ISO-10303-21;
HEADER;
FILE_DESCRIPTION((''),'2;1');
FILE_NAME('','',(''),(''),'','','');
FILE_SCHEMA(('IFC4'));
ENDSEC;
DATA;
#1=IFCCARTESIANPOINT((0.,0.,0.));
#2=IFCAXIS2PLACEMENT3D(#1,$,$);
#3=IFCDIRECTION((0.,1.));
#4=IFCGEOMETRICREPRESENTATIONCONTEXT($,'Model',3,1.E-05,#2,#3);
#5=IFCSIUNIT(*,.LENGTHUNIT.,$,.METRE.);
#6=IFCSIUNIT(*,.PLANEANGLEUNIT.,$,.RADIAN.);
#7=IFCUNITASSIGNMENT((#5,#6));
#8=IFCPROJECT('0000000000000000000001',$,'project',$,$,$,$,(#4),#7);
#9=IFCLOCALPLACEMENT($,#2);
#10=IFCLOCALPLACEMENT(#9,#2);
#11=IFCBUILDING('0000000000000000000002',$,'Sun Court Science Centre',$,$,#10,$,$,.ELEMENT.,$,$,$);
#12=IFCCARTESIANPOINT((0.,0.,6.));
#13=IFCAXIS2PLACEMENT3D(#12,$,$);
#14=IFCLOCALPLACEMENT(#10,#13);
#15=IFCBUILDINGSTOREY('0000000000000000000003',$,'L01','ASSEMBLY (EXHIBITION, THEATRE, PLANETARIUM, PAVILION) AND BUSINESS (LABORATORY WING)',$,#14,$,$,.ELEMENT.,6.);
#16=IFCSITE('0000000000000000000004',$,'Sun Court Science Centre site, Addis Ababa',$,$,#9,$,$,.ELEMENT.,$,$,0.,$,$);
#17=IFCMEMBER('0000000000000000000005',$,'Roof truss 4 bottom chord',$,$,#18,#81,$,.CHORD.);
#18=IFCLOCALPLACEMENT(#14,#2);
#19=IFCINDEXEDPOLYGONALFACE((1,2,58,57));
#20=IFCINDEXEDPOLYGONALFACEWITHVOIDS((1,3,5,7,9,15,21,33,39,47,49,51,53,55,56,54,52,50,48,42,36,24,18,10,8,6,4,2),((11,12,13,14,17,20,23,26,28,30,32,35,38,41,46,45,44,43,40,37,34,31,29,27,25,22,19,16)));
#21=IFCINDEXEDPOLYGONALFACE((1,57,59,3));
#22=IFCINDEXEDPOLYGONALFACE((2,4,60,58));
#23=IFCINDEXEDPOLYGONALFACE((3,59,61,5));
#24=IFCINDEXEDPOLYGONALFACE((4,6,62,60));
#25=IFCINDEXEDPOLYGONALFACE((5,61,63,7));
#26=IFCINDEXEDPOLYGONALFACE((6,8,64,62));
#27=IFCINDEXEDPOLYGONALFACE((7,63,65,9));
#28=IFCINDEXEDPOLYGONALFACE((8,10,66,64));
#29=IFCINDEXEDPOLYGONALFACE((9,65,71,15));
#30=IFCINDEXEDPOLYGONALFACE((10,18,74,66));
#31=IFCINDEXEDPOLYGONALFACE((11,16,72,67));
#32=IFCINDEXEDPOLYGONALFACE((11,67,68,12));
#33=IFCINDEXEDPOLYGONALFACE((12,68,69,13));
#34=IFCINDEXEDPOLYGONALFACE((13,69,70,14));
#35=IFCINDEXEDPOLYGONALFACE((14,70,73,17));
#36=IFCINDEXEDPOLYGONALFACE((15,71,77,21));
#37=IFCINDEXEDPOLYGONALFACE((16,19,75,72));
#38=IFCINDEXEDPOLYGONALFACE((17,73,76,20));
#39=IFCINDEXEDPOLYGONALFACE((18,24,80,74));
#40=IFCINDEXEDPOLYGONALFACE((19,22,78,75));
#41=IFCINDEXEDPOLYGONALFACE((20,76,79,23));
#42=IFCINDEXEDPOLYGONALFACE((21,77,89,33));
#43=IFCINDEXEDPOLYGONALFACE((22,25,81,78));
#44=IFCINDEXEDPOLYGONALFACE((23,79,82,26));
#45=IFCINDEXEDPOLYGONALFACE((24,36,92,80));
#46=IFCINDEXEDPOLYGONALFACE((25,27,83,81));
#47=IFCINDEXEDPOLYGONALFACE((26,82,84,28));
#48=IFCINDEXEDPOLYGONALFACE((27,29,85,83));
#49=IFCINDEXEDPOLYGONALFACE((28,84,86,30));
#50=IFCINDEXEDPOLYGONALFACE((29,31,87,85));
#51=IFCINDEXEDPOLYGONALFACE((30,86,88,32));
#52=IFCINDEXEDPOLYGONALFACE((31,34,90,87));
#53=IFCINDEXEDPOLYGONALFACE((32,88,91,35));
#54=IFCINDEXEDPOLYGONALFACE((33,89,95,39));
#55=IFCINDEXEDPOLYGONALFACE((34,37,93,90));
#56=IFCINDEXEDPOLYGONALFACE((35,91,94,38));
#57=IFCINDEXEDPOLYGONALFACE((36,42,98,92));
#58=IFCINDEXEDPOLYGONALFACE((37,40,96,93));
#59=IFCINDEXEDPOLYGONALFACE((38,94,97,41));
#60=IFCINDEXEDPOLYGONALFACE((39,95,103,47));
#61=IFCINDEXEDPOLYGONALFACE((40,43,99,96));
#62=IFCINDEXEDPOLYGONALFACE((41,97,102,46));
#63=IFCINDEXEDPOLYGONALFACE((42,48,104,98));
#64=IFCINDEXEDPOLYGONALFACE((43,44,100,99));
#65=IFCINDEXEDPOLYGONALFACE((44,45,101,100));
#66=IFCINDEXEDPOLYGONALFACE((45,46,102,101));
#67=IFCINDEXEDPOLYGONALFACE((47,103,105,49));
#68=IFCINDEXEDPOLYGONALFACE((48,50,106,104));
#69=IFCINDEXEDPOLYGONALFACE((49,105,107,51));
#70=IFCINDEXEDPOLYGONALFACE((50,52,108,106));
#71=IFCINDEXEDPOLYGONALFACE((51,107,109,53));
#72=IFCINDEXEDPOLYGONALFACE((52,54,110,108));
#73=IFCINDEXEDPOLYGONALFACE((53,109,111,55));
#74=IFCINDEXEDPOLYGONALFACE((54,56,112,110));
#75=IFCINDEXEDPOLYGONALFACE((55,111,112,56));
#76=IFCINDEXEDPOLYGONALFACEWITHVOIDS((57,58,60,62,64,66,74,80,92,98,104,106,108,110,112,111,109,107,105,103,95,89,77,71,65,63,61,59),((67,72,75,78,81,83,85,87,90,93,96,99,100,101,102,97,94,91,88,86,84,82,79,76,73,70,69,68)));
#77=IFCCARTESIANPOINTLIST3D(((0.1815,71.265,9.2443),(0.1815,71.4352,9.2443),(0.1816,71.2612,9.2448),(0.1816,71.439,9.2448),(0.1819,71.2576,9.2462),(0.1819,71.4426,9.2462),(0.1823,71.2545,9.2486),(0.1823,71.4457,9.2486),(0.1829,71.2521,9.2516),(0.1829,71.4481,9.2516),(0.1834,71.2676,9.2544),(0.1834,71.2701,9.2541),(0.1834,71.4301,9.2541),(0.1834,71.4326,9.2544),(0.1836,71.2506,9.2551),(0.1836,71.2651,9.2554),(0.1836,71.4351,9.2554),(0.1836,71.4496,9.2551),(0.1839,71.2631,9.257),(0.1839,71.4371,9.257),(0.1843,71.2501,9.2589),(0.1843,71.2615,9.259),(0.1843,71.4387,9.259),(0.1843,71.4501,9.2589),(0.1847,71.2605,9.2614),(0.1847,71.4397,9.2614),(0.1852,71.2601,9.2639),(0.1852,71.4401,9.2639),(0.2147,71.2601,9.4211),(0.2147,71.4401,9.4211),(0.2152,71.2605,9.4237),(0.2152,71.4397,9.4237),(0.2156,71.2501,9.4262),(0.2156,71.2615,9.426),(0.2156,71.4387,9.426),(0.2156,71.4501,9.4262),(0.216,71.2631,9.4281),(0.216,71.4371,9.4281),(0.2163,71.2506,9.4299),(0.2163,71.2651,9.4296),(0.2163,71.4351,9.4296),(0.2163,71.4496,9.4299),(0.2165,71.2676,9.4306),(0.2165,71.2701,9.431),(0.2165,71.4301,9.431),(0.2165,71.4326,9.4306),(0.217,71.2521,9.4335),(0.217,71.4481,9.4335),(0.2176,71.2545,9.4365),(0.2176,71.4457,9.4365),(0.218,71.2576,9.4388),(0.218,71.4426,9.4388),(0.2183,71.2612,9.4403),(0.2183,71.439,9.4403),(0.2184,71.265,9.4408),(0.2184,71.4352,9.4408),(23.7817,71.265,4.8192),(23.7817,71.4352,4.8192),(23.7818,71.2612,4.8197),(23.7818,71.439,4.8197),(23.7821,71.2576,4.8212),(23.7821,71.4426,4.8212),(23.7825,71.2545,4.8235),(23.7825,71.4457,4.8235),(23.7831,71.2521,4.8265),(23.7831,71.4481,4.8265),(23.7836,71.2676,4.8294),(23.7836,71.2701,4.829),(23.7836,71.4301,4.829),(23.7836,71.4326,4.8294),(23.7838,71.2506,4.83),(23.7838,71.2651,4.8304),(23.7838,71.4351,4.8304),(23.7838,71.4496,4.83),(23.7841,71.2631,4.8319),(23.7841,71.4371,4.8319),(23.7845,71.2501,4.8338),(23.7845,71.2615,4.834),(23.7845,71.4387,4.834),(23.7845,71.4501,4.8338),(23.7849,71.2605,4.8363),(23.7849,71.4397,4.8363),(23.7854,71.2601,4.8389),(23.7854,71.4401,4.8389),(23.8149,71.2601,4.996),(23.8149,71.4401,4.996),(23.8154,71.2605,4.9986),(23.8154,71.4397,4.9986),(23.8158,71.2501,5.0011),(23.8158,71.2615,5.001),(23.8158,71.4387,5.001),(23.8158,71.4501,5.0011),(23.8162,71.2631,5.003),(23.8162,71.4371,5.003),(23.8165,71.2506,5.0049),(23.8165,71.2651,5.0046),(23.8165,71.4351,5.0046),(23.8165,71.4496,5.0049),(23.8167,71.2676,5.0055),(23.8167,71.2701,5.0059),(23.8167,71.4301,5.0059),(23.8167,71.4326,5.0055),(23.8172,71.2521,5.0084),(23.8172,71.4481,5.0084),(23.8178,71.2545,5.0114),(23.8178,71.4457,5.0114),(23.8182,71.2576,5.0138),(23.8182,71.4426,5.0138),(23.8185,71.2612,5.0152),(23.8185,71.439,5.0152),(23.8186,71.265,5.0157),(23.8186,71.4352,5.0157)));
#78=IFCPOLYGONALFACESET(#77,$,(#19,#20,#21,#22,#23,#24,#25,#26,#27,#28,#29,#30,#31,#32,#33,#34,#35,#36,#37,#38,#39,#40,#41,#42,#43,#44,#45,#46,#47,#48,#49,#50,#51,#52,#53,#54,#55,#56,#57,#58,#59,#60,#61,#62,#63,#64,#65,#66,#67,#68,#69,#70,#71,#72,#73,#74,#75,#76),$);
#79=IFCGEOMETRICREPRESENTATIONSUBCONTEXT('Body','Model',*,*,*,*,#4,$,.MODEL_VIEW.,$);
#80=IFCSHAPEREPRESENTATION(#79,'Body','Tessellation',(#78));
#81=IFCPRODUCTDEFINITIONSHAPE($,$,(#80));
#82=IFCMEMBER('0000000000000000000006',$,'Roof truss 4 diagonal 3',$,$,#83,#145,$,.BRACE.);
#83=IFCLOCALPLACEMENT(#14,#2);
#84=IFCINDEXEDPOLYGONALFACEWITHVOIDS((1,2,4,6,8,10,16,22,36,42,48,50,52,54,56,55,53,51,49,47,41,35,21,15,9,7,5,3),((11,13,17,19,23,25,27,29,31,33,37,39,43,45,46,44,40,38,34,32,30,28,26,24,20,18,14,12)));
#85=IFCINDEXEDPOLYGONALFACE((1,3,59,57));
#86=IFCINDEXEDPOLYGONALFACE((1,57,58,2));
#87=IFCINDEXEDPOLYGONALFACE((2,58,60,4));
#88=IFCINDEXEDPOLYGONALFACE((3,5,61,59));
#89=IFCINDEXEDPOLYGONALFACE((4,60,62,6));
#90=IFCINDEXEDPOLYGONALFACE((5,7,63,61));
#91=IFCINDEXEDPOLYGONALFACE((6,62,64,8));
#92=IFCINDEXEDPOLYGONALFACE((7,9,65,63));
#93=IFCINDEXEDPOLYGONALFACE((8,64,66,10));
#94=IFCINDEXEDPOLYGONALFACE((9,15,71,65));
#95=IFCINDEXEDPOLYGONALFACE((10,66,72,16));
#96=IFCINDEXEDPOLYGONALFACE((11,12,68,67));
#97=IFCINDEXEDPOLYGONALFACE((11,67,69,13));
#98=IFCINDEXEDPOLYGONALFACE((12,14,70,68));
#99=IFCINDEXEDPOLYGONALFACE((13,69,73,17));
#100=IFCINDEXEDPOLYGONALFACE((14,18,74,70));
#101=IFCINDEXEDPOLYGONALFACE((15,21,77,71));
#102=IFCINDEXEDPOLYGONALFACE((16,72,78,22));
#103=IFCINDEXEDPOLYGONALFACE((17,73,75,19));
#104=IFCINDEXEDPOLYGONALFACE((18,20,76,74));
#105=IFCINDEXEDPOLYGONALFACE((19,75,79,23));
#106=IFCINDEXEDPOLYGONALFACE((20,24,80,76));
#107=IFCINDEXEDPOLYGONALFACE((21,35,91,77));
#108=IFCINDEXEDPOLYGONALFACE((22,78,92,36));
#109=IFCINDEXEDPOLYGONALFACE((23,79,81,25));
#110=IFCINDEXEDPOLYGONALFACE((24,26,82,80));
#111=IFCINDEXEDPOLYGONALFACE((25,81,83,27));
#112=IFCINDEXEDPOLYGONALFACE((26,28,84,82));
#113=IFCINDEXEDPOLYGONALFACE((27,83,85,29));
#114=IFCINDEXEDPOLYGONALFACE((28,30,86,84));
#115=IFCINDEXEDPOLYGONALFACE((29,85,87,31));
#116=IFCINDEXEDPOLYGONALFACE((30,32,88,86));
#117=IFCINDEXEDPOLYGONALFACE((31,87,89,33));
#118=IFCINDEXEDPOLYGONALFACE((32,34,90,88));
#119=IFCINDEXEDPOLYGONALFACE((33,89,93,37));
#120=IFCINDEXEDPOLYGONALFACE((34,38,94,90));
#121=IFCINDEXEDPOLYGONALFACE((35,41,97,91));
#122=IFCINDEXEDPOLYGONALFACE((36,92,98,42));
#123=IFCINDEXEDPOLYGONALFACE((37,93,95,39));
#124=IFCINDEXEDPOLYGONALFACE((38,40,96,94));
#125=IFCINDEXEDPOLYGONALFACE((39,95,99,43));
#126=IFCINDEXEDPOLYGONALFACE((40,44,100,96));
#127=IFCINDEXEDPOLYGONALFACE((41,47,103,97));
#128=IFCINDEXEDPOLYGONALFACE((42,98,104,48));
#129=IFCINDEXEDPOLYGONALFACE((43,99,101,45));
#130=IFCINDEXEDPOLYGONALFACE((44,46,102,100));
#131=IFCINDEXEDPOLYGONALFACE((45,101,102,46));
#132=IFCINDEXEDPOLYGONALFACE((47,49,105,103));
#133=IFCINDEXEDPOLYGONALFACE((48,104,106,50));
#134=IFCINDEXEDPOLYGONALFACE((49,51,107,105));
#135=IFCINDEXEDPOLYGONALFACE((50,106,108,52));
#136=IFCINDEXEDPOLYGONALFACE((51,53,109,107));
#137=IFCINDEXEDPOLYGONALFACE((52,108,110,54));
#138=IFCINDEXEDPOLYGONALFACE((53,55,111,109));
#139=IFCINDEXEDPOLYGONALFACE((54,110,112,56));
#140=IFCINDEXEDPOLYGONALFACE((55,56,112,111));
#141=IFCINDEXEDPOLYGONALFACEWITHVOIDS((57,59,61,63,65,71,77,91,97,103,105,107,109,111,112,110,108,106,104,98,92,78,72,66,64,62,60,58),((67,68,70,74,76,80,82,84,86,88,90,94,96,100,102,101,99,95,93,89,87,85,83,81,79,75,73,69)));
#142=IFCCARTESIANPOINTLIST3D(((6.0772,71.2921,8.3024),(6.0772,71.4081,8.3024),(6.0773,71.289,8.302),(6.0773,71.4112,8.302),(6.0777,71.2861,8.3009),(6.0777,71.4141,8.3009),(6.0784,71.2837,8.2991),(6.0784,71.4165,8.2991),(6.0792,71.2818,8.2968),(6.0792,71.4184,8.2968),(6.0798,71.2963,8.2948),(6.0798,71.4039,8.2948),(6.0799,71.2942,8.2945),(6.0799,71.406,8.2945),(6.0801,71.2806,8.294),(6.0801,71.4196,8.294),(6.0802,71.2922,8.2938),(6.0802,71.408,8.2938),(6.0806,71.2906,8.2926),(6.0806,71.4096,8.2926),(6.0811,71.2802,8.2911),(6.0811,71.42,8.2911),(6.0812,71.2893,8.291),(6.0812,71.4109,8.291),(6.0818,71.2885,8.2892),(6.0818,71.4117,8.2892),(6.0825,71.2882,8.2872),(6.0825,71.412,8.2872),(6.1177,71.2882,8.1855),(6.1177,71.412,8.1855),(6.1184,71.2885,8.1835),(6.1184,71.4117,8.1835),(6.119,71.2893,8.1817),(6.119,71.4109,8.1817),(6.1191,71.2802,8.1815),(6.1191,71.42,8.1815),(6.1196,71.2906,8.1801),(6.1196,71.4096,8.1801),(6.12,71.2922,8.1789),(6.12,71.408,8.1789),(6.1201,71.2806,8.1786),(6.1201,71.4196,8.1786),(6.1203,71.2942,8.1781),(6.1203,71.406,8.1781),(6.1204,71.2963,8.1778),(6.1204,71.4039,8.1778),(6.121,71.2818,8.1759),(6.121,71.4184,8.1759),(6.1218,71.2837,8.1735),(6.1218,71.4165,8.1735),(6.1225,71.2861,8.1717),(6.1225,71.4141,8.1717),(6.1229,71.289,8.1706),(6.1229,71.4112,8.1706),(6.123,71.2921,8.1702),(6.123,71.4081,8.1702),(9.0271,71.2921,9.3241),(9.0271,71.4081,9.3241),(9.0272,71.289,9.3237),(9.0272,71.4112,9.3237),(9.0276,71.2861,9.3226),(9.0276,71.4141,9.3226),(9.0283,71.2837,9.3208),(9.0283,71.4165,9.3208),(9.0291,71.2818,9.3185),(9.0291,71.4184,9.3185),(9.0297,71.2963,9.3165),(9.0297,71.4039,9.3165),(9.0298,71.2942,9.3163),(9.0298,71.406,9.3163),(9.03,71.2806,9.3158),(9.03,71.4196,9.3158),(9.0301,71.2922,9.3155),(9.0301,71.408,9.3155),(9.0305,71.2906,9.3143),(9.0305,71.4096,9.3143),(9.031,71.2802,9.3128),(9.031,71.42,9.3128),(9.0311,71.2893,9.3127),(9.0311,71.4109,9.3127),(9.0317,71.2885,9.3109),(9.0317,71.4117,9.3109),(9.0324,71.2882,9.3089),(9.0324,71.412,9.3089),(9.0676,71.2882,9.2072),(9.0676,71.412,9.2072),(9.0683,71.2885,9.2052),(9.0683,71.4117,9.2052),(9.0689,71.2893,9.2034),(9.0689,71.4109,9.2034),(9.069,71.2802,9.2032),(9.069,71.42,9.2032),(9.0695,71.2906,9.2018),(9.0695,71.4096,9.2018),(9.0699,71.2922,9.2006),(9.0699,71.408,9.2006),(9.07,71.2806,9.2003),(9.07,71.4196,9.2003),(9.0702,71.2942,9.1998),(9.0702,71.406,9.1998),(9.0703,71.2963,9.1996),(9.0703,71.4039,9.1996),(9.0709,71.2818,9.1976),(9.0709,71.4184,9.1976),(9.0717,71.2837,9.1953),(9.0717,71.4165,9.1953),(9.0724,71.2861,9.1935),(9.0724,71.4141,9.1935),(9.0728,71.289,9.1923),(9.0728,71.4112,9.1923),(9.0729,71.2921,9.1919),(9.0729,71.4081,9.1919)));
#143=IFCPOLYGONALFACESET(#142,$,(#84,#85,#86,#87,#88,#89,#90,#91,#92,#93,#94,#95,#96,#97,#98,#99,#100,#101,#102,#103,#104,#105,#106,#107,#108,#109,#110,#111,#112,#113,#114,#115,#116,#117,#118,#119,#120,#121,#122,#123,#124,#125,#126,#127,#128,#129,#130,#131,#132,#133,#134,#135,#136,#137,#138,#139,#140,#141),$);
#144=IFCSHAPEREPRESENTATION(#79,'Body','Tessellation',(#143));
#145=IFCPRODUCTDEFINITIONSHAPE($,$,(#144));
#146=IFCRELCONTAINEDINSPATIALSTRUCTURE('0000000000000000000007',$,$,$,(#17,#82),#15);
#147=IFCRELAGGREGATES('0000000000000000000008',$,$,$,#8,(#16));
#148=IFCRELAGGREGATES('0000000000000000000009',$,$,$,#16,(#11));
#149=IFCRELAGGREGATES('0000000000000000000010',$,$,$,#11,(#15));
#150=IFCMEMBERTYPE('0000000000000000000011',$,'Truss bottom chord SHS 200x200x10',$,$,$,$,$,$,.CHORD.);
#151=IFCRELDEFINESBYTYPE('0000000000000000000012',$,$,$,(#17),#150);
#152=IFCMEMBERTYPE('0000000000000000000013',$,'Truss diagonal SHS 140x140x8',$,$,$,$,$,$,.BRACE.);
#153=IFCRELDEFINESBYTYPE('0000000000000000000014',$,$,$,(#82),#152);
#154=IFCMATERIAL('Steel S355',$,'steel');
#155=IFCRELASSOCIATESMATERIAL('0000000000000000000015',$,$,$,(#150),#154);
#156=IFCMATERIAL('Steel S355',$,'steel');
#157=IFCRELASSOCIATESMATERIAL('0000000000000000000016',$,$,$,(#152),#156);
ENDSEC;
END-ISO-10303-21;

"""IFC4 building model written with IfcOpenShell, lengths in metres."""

from ifc_helpers import new_model, si_unit, direction, frame, origin, origin_2d, place, context, subcontext, project, spatial, hollow_rectangle, extrude, material, material_profile, profile_set, type_object, element, save


model = new_model("IFC4")

# Units and contexts
model_context = context("Model", 3, precision=1e-05, world=origin(), true_north=direction((0.0, 1.0)))
body_context = subcontext(model_context, "Body", "Model", "MODEL_VIEW")
ifc_project = project(units=[si_unit("LENGTHUNIT", "METRE"), si_unit("PLANEANGLEUNIT", "RADIAN")], contexts=[model_context])

# Site, building, storey
site_placement = place(None, origin())
site = spatial("IfcSite", under=ifc_project, at=site_placement, Name="Sun Court Science Centre site, Addis Ababa", CompositionType="ELEMENT", RefElevation=0.0)
building_placement = place(site_placement, origin())
building = spatial("IfcBuilding", under=site, at=building_placement, Name="Sun Court Science Centre", CompositionType="ELEMENT")
storey_placement = place(building_placement, frame((0.0, 0.0, 6.0)))
storey = spatial("IfcBuildingStorey", under=building, at=storey_placement, Name="L01", Description="ASSEMBLY (EXHIBITION, THEATRE, PLANETARIUM, PAVILION) AND BUSINESS (LABORATORY WING)", CompositionType="ELEMENT", Elevation=6.0)

# Members
ifc_material_1 = material(Name="Steel S355", Category="steel")
ifc_material_profile_1 = material_profile(ifc_material_1, hollow_rectangle(XDim=0.2, YDim=0.2, WallThickness=0.01, InnerFilletRadius=0.01, OuterFilletRadius=0.0149, at=origin_2d()), Name="SHS 200x200x10")
ifc_profile_set_1 = profile_set([ifc_material_profile_1], Name="Steel S355")
member_type_1 = type_object("IfcMemberType", Name="Truss bottom chord SHS 200x200x10", PredefinedType="CHORD", material=ifc_profile_set_1)
member_1_placement = place(storey_placement, frame((0.2, 71.3501, 9.3425), z_axis=(0.982872, 0.0, -0.18429), x_axis=(0.0, 1.0, 0.0)))
element("IfcMember", 1, at=member_1_placement, inside=storey, type_object=member_type_1, Name="Roof truss 4 bottom chord", PredefinedType="CHORD", context=body_context, shape_type="SweptSolid", body=[
    extrude(hollow_rectangle(XDim=0.2, YDim=0.2, WallThickness=0.01, InnerFilletRadius=0.01, OuterFilletRadius=0.0149, at=origin_2d()), origin(), (0.0, 0.0, 1.0), 24.0115),
])
ifc_material_2 = material(Name="Steel S355", Category="steel")
ifc_material_profile_2 = material_profile(ifc_material_2, hollow_rectangle(XDim=0.1399, YDim=0.1399, WallThickness=0.0081, InnerFilletRadius=0.0081, OuterFilletRadius=0.012, at=origin_2d()), Name="SHS 140x140x8")
ifc_profile_set_2 = profile_set([ifc_material_profile_2], Name="Steel S355")
member_type_2 = type_object("IfcMemberType", Name="Truss diagonal SHS 140x140x8", PredefinedType="BRACE", material=ifc_profile_set_2)
member_2_placement = place(storey_placement, frame((6.1001, 71.3501, 8.2363), z_axis=(0.944927, 0.0, 0.32728), x_axis=(0.0, 1.0, 0.0)))
element("IfcMember", 2, at=member_2_placement, inside=storey, type_object=member_type_2, Name="Roof truss 4 diagonal 3", PredefinedType="BRACE", context=body_context, shape_type="SweptSolid", body=[
    extrude(hollow_rectangle(XDim=0.1399, YDim=0.1399, WallThickness=0.0081, InnerFilletRadius=0.0081, OuterFilletRadius=0.012, at=origin_2d()), origin(), (0.0, 0.0, 1.0), 3.1218),
])

save(model, "model.ifc")
